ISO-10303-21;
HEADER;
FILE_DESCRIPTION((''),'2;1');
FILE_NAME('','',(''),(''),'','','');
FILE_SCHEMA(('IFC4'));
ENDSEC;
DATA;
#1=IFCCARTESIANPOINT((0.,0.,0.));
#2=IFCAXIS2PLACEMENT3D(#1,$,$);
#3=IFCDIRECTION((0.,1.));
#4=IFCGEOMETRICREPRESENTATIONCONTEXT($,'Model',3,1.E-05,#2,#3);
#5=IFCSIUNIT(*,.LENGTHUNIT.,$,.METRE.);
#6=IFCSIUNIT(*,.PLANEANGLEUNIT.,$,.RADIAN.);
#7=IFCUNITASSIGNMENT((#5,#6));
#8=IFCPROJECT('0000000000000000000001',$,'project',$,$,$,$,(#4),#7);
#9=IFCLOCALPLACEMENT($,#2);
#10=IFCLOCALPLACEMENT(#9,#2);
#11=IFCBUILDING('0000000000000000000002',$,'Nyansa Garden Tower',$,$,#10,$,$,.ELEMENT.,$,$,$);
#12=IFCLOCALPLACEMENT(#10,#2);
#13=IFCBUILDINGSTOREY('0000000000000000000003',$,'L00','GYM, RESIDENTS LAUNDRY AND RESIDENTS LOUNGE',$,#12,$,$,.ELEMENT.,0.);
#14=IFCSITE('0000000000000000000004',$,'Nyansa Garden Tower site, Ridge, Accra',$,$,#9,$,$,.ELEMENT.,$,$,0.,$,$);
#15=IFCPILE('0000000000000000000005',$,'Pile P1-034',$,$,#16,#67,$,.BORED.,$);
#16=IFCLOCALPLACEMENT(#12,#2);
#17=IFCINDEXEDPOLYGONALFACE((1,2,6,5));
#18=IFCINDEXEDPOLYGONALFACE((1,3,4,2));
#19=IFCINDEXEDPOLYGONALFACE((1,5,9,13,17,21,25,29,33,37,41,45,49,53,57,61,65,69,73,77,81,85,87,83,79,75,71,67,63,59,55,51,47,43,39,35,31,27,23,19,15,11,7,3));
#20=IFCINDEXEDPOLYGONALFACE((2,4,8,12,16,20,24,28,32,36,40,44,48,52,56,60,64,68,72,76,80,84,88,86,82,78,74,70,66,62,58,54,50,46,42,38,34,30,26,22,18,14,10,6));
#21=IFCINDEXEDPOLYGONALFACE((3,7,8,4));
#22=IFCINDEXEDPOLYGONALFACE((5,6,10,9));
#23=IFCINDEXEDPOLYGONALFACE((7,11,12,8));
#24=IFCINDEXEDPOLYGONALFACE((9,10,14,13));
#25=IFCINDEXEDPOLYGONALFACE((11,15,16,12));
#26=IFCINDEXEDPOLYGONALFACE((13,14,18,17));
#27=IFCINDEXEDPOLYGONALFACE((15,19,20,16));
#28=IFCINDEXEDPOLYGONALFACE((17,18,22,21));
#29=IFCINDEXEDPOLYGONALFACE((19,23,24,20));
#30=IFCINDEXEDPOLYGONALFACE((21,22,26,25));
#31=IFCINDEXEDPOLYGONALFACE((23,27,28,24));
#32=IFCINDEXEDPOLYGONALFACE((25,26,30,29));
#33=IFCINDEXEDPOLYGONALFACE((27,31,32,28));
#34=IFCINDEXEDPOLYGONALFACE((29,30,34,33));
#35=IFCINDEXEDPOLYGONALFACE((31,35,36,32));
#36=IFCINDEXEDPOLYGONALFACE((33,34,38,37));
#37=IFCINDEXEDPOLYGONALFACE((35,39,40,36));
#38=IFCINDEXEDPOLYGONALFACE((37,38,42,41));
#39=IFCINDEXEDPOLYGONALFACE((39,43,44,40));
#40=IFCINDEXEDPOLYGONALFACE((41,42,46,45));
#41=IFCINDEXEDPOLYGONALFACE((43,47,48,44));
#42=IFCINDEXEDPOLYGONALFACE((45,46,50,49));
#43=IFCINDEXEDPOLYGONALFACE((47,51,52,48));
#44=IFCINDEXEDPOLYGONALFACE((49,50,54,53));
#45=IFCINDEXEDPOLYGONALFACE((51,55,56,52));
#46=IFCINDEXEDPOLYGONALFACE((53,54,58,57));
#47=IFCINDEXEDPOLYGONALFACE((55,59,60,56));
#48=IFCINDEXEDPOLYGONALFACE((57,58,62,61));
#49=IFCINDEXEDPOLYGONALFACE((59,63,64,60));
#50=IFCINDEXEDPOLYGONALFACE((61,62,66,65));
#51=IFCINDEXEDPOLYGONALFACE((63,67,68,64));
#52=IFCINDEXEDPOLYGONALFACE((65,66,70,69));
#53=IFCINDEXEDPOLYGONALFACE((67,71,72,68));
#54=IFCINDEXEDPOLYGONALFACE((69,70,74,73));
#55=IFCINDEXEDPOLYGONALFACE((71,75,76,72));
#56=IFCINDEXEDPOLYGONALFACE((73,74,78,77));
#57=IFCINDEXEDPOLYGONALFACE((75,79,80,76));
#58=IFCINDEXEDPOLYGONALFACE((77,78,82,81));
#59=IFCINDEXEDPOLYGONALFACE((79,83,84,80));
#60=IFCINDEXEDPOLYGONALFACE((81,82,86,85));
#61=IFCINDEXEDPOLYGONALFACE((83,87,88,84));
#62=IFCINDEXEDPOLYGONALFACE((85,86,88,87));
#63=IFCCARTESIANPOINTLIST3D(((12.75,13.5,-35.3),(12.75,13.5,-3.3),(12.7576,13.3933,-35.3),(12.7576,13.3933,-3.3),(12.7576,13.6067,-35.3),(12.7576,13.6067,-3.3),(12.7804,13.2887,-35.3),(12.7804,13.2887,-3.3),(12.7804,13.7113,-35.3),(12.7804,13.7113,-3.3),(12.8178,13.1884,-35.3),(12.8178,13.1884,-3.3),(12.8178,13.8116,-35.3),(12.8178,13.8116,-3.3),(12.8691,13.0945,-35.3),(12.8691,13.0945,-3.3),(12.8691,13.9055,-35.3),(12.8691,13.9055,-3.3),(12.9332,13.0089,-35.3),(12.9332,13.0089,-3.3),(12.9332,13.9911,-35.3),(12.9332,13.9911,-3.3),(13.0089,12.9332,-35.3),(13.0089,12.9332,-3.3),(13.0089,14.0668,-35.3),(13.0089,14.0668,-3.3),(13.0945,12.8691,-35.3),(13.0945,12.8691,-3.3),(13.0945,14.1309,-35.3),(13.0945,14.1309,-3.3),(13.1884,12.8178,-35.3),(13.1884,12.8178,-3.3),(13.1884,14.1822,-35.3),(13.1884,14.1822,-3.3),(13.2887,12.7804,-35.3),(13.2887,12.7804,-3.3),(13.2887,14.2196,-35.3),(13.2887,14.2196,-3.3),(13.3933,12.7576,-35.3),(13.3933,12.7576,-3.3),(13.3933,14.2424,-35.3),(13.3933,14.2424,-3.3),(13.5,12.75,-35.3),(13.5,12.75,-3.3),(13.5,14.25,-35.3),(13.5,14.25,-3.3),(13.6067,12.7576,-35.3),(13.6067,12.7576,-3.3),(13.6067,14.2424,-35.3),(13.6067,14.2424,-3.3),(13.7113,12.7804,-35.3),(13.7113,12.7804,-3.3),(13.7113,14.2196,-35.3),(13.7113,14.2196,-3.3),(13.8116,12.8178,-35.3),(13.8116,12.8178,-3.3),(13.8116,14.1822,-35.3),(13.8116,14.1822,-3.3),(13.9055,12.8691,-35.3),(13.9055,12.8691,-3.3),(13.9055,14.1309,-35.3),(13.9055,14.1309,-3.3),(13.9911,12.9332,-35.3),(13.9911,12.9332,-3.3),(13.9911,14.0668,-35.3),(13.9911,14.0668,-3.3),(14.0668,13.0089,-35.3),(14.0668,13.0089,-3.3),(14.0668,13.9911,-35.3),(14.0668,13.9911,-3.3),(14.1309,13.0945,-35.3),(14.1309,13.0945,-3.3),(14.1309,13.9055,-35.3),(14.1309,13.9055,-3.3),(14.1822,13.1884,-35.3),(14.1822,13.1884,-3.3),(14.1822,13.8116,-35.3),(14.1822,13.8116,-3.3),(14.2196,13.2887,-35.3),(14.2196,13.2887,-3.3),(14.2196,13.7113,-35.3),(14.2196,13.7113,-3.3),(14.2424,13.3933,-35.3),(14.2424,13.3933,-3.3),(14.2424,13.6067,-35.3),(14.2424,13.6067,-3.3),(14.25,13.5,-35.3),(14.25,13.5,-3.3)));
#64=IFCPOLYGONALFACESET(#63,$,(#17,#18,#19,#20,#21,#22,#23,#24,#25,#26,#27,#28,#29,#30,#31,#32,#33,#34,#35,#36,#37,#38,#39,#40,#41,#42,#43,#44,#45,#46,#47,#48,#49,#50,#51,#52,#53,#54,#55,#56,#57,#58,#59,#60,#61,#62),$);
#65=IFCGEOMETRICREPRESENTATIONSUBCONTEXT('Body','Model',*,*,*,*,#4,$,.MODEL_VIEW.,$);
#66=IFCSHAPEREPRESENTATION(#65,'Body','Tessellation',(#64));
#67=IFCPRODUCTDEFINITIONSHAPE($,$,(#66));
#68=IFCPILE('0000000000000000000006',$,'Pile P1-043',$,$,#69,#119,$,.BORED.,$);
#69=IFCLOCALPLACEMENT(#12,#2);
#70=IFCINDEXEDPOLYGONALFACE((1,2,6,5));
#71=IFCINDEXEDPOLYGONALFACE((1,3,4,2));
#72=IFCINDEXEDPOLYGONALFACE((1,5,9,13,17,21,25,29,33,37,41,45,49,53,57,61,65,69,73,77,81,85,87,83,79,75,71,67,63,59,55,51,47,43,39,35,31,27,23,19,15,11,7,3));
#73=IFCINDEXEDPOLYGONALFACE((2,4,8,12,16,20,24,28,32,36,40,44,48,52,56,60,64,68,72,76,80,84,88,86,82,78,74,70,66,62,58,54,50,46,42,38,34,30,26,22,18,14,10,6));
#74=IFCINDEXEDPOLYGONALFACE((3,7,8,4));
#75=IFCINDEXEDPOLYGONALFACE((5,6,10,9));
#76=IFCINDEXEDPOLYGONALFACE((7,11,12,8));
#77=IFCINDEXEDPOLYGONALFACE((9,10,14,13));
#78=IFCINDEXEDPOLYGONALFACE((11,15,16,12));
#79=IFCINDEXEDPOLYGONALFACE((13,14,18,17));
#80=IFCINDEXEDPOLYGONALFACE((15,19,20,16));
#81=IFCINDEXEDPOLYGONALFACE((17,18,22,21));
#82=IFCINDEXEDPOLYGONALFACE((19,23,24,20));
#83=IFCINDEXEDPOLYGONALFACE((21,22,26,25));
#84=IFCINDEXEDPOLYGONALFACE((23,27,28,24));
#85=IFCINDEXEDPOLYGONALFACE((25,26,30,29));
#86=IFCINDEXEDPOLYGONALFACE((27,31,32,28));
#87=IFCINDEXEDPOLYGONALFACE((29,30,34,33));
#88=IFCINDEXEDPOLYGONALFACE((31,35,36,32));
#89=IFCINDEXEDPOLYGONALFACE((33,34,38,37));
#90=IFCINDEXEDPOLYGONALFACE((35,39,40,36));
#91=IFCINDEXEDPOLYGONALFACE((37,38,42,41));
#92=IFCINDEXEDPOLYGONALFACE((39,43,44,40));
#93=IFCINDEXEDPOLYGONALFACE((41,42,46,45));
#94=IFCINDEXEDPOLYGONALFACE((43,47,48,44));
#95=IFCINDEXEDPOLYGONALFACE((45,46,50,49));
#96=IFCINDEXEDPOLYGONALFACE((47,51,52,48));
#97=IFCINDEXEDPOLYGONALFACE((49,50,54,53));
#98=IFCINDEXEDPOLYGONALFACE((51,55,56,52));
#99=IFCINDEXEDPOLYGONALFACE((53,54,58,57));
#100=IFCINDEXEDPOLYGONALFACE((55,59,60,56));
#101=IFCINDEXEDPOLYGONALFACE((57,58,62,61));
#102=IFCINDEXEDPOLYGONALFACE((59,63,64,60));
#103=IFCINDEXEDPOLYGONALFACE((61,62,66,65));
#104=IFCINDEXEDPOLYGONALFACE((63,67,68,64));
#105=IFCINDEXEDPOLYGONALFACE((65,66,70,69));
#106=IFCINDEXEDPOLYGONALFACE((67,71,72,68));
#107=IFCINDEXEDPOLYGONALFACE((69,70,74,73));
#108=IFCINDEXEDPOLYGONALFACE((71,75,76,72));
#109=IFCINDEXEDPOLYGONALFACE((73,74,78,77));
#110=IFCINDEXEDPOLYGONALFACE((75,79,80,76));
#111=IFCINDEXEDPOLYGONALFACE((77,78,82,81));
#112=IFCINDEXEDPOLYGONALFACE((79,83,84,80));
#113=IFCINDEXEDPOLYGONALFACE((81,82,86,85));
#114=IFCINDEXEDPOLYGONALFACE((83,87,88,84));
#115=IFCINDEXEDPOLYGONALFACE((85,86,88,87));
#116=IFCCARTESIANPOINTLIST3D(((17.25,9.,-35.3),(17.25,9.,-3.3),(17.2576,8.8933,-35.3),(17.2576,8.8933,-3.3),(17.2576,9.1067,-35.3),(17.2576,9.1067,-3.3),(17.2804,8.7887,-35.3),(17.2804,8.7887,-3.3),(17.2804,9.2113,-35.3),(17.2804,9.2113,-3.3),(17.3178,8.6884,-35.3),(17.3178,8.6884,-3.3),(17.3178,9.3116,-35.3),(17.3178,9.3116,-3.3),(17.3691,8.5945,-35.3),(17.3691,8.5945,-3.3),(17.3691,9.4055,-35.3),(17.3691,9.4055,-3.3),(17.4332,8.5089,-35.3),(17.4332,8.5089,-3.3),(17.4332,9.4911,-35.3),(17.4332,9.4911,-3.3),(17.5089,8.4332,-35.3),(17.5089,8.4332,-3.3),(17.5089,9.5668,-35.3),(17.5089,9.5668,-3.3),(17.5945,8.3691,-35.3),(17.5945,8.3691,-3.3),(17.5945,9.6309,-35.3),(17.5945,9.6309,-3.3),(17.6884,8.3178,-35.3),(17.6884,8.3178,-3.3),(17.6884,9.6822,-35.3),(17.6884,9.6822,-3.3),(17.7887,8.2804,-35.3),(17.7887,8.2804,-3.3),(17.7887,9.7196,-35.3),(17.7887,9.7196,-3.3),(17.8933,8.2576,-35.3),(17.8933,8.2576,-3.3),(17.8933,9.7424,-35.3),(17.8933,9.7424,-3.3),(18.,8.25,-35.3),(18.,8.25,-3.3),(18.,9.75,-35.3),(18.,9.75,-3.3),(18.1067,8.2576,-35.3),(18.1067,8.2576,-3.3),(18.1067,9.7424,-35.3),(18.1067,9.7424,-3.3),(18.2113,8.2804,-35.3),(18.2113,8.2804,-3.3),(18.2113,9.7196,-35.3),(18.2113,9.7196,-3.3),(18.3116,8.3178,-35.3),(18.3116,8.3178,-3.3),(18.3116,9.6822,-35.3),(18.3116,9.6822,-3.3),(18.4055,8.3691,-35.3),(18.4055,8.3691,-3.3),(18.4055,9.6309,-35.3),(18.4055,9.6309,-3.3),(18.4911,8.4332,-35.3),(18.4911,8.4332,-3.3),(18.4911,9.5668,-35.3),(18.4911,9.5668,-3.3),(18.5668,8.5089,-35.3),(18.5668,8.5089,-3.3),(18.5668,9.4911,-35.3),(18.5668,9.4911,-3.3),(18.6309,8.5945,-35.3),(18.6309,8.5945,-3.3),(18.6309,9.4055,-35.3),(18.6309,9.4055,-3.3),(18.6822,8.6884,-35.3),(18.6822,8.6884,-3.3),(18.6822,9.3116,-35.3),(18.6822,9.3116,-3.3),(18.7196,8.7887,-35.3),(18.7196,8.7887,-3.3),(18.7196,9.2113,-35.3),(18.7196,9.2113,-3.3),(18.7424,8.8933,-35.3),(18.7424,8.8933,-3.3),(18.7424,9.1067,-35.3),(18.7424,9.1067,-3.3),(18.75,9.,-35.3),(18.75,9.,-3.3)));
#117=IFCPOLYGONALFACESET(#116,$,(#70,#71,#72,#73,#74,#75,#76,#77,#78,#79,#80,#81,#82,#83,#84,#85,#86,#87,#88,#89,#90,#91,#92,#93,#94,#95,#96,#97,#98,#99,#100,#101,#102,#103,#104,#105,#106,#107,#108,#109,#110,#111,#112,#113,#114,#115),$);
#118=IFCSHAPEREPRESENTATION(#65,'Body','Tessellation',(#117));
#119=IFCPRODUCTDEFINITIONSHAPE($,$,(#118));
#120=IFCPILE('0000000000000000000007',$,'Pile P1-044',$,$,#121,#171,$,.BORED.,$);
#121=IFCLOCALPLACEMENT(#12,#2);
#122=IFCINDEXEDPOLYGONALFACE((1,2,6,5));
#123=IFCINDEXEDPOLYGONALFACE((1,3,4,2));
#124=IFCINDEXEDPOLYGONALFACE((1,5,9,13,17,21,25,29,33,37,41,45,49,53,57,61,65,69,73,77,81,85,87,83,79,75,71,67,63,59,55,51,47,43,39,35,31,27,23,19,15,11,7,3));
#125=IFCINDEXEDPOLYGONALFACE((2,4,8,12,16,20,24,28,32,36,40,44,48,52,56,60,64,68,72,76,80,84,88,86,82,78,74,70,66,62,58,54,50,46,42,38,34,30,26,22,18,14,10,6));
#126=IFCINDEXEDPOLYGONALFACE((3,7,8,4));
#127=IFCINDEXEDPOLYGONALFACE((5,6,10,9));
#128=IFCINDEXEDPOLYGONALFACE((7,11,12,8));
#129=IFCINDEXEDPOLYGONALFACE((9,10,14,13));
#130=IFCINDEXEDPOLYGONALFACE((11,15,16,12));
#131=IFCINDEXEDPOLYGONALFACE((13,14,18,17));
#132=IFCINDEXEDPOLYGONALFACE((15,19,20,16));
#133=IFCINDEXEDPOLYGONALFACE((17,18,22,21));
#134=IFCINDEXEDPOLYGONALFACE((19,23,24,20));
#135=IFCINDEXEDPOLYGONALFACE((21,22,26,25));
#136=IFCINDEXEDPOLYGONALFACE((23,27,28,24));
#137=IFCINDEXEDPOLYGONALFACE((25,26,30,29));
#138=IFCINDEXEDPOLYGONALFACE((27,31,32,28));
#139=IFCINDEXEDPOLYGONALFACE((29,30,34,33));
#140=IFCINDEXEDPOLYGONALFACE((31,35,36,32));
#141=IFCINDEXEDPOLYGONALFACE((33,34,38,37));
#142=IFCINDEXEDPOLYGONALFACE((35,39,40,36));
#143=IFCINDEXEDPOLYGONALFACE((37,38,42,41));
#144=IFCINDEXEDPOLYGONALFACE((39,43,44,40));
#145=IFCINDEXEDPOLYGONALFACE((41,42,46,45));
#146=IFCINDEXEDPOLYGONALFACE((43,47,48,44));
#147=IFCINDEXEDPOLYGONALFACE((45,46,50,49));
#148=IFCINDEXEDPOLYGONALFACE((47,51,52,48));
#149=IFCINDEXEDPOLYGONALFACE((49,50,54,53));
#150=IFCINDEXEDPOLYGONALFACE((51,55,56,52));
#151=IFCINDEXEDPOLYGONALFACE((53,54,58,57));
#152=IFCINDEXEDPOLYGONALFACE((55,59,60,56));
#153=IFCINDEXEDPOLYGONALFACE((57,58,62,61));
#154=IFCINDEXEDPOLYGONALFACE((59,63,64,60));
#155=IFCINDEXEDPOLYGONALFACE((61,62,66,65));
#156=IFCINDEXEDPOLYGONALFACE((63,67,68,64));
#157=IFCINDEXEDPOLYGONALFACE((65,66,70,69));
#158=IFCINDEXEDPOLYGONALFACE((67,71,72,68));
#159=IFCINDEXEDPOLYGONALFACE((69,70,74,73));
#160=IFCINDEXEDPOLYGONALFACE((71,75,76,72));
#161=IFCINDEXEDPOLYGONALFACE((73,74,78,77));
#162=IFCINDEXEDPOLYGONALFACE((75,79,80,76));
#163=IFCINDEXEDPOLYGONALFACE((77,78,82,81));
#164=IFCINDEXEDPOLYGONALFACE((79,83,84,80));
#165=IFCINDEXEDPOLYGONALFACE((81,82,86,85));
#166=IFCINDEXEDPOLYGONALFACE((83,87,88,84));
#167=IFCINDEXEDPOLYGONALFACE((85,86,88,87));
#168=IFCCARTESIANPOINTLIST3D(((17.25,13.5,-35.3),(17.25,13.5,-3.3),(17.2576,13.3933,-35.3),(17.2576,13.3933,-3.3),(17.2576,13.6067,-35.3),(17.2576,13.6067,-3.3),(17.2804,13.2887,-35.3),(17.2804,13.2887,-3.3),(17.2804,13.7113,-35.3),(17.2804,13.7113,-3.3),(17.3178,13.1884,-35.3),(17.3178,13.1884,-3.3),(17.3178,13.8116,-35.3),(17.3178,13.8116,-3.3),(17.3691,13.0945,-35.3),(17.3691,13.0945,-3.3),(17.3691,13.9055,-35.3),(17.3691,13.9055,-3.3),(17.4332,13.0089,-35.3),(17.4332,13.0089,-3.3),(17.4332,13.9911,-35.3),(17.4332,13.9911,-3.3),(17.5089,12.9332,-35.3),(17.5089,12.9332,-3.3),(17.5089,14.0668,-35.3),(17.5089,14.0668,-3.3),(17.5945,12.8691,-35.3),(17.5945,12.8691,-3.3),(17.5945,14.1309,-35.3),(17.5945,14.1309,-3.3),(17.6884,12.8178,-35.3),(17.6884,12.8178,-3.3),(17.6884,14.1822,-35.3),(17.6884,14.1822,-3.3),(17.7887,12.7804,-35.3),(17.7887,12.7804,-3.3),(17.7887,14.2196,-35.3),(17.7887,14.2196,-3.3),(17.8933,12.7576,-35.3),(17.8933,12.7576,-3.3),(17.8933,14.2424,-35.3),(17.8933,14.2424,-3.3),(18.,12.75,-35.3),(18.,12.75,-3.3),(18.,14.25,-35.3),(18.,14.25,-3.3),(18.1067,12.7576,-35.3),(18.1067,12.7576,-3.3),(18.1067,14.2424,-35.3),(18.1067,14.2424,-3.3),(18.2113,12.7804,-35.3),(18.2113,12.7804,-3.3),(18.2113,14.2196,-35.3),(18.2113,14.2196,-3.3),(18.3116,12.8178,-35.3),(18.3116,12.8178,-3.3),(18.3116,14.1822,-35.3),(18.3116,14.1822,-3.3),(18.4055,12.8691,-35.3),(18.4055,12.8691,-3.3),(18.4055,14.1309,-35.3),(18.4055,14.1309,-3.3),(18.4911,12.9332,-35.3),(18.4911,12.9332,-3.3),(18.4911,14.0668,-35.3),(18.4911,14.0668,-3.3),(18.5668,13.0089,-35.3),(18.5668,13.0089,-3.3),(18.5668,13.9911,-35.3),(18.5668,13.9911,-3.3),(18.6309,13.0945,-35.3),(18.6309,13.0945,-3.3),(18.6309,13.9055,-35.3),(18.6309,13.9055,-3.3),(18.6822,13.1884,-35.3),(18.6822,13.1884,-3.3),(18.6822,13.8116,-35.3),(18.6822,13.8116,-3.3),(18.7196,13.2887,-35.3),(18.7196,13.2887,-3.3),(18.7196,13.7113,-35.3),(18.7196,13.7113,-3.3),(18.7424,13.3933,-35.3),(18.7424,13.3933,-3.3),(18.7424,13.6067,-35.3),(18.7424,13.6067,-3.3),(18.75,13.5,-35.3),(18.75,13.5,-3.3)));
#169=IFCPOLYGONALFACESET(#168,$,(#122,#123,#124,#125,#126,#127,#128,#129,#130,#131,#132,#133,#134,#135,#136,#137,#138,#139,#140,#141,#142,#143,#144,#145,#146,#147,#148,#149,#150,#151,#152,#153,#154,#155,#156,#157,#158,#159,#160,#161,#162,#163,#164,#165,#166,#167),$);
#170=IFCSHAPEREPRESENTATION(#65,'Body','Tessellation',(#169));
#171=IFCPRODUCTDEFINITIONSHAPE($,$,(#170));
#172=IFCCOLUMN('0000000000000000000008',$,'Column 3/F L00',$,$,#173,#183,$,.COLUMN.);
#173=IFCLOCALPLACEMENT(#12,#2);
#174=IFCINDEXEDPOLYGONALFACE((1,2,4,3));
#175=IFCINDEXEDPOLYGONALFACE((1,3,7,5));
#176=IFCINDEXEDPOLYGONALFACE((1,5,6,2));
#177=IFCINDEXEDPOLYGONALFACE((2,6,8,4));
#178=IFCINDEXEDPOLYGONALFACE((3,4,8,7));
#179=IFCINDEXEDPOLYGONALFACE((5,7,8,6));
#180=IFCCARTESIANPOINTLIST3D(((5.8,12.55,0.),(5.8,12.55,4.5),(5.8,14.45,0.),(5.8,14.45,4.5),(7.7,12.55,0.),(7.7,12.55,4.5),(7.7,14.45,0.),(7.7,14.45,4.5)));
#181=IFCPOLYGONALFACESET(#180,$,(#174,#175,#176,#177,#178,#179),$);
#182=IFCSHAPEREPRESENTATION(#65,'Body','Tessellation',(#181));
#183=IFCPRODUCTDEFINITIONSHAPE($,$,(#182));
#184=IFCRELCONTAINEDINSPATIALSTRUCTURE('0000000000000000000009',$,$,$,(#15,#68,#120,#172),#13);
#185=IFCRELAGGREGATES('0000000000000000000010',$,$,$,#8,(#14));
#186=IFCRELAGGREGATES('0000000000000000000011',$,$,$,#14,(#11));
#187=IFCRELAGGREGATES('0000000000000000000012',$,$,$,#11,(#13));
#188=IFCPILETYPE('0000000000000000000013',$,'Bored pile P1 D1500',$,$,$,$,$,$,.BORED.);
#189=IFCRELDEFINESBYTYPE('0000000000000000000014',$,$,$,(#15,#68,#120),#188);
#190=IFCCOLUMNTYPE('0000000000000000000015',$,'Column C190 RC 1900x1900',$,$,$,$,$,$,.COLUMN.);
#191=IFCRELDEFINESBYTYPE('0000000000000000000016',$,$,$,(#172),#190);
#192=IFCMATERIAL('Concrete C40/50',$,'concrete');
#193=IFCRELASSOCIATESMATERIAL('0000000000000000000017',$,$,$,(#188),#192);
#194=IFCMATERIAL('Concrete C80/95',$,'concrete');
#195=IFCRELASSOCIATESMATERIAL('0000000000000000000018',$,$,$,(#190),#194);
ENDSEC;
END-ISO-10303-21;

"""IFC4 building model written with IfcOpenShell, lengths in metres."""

from ifc_helpers import new_model, si_unit, direction, frame, origin, origin_2d, place, context, subcontext, project, spatial, rectangle, circle, extrude, material, material_profile, profile_set, type_object, element, save


model = new_model("IFC4")

# Units and contexts
model_context = context("Model", 3, precision=1e-05, world=origin(), true_north=direction((0.0, 1.0)))
body_context = subcontext(model_context, "Body", "Model", "MODEL_VIEW")
ifc_project = project(units=[si_unit("LENGTHUNIT", "METRE"), si_unit("PLANEANGLEUNIT", "RADIAN")], contexts=[model_context])

# Site, building, storey
site_placement = place(None, origin())
site = spatial("IfcSite", under=ifc_project, at=site_placement, Name="Nyansa Garden Tower site, Ridge, Accra", CompositionType="ELEMENT", RefElevation=0.0)
building_placement = place(site_placement, origin())
building = spatial("IfcBuilding", under=site, at=building_placement, Name="Nyansa Garden Tower", CompositionType="ELEMENT")
storey_placement = place(building_placement, origin())
storey = spatial("IfcBuildingStorey", under=building, at=storey_placement, Name="L00", Description="GYM, RESIDENTS LAUNDRY AND RESIDENTS LOUNGE", CompositionType="ELEMENT", Elevation=0.0)

# Piles
ifc_material_1 = material(Name="Concrete C40/50", Category="concrete")
pile_type = type_object("IfcPileType", Name="Bored pile P1 D1500", PredefinedType="BORED", material=ifc_material_1)
for number, where, z_axis, x_axis, name in (
    (1, (13.5, 13.5, -3.3), (0.0, 0.0, -1.0), (1.0, 0.0, 0.0), "Pile P1-034"),
    (2, (18.0, 9.0, -3.3), (0.0, 0.0, -1.0), (1.0, 0.0, 0.0), "Pile P1-043"),
    (3, (18.0, 13.5, -3.3), (0.0, 0.0, -1.0), (1.0, 0.0, 0.0), "Pile P1-044"),
):
    element("IfcPile", number, at=place(storey_placement, frame(where, z_axis=z_axis, x_axis=x_axis)), inside=storey, type_object=pile_type, Name=name, PredefinedType="BORED", context=body_context, shape_type="SweptSolid", body=[
        extrude(circle(Radius=0.75, at=origin_2d()), origin(), (0.0, 0.0, 1.0), 32.0),
    ])

# Column
ifc_material_2 = material(Name="Concrete C80/95", Category="concrete")
ifc_material_profile_1 = material_profile(ifc_material_2, rectangle(XDim=1.8999, YDim=1.8999, at=origin_2d()), Name="RC 1900x1900")
ifc_profile_set_1 = profile_set([ifc_material_profile_1], Name="Concrete C80/95")
column_type = type_object("IfcColumnType", Name="Column C190 RC 1900x1900", PredefinedType="COLUMN", material=ifc_profile_set_1)
column_placement = place(storey_placement, frame((6.75, 13.5, 0.0), z_axis=(0.0, 0.0, 1.0), x_axis=(1.0, 0.0, 0.0)))
element("IfcColumn", 4, at=column_placement, inside=storey, type_object=column_type, Name="Column 3/F L00", PredefinedType="COLUMN", context=body_context, shape_type="SweptSolid", body=[
    extrude(rectangle(XDim=1.8999, YDim=1.8999, at=origin_2d()), origin(), (0.0, 0.0, 1.0), 4.5),
])

save(model, "model.ifc")
